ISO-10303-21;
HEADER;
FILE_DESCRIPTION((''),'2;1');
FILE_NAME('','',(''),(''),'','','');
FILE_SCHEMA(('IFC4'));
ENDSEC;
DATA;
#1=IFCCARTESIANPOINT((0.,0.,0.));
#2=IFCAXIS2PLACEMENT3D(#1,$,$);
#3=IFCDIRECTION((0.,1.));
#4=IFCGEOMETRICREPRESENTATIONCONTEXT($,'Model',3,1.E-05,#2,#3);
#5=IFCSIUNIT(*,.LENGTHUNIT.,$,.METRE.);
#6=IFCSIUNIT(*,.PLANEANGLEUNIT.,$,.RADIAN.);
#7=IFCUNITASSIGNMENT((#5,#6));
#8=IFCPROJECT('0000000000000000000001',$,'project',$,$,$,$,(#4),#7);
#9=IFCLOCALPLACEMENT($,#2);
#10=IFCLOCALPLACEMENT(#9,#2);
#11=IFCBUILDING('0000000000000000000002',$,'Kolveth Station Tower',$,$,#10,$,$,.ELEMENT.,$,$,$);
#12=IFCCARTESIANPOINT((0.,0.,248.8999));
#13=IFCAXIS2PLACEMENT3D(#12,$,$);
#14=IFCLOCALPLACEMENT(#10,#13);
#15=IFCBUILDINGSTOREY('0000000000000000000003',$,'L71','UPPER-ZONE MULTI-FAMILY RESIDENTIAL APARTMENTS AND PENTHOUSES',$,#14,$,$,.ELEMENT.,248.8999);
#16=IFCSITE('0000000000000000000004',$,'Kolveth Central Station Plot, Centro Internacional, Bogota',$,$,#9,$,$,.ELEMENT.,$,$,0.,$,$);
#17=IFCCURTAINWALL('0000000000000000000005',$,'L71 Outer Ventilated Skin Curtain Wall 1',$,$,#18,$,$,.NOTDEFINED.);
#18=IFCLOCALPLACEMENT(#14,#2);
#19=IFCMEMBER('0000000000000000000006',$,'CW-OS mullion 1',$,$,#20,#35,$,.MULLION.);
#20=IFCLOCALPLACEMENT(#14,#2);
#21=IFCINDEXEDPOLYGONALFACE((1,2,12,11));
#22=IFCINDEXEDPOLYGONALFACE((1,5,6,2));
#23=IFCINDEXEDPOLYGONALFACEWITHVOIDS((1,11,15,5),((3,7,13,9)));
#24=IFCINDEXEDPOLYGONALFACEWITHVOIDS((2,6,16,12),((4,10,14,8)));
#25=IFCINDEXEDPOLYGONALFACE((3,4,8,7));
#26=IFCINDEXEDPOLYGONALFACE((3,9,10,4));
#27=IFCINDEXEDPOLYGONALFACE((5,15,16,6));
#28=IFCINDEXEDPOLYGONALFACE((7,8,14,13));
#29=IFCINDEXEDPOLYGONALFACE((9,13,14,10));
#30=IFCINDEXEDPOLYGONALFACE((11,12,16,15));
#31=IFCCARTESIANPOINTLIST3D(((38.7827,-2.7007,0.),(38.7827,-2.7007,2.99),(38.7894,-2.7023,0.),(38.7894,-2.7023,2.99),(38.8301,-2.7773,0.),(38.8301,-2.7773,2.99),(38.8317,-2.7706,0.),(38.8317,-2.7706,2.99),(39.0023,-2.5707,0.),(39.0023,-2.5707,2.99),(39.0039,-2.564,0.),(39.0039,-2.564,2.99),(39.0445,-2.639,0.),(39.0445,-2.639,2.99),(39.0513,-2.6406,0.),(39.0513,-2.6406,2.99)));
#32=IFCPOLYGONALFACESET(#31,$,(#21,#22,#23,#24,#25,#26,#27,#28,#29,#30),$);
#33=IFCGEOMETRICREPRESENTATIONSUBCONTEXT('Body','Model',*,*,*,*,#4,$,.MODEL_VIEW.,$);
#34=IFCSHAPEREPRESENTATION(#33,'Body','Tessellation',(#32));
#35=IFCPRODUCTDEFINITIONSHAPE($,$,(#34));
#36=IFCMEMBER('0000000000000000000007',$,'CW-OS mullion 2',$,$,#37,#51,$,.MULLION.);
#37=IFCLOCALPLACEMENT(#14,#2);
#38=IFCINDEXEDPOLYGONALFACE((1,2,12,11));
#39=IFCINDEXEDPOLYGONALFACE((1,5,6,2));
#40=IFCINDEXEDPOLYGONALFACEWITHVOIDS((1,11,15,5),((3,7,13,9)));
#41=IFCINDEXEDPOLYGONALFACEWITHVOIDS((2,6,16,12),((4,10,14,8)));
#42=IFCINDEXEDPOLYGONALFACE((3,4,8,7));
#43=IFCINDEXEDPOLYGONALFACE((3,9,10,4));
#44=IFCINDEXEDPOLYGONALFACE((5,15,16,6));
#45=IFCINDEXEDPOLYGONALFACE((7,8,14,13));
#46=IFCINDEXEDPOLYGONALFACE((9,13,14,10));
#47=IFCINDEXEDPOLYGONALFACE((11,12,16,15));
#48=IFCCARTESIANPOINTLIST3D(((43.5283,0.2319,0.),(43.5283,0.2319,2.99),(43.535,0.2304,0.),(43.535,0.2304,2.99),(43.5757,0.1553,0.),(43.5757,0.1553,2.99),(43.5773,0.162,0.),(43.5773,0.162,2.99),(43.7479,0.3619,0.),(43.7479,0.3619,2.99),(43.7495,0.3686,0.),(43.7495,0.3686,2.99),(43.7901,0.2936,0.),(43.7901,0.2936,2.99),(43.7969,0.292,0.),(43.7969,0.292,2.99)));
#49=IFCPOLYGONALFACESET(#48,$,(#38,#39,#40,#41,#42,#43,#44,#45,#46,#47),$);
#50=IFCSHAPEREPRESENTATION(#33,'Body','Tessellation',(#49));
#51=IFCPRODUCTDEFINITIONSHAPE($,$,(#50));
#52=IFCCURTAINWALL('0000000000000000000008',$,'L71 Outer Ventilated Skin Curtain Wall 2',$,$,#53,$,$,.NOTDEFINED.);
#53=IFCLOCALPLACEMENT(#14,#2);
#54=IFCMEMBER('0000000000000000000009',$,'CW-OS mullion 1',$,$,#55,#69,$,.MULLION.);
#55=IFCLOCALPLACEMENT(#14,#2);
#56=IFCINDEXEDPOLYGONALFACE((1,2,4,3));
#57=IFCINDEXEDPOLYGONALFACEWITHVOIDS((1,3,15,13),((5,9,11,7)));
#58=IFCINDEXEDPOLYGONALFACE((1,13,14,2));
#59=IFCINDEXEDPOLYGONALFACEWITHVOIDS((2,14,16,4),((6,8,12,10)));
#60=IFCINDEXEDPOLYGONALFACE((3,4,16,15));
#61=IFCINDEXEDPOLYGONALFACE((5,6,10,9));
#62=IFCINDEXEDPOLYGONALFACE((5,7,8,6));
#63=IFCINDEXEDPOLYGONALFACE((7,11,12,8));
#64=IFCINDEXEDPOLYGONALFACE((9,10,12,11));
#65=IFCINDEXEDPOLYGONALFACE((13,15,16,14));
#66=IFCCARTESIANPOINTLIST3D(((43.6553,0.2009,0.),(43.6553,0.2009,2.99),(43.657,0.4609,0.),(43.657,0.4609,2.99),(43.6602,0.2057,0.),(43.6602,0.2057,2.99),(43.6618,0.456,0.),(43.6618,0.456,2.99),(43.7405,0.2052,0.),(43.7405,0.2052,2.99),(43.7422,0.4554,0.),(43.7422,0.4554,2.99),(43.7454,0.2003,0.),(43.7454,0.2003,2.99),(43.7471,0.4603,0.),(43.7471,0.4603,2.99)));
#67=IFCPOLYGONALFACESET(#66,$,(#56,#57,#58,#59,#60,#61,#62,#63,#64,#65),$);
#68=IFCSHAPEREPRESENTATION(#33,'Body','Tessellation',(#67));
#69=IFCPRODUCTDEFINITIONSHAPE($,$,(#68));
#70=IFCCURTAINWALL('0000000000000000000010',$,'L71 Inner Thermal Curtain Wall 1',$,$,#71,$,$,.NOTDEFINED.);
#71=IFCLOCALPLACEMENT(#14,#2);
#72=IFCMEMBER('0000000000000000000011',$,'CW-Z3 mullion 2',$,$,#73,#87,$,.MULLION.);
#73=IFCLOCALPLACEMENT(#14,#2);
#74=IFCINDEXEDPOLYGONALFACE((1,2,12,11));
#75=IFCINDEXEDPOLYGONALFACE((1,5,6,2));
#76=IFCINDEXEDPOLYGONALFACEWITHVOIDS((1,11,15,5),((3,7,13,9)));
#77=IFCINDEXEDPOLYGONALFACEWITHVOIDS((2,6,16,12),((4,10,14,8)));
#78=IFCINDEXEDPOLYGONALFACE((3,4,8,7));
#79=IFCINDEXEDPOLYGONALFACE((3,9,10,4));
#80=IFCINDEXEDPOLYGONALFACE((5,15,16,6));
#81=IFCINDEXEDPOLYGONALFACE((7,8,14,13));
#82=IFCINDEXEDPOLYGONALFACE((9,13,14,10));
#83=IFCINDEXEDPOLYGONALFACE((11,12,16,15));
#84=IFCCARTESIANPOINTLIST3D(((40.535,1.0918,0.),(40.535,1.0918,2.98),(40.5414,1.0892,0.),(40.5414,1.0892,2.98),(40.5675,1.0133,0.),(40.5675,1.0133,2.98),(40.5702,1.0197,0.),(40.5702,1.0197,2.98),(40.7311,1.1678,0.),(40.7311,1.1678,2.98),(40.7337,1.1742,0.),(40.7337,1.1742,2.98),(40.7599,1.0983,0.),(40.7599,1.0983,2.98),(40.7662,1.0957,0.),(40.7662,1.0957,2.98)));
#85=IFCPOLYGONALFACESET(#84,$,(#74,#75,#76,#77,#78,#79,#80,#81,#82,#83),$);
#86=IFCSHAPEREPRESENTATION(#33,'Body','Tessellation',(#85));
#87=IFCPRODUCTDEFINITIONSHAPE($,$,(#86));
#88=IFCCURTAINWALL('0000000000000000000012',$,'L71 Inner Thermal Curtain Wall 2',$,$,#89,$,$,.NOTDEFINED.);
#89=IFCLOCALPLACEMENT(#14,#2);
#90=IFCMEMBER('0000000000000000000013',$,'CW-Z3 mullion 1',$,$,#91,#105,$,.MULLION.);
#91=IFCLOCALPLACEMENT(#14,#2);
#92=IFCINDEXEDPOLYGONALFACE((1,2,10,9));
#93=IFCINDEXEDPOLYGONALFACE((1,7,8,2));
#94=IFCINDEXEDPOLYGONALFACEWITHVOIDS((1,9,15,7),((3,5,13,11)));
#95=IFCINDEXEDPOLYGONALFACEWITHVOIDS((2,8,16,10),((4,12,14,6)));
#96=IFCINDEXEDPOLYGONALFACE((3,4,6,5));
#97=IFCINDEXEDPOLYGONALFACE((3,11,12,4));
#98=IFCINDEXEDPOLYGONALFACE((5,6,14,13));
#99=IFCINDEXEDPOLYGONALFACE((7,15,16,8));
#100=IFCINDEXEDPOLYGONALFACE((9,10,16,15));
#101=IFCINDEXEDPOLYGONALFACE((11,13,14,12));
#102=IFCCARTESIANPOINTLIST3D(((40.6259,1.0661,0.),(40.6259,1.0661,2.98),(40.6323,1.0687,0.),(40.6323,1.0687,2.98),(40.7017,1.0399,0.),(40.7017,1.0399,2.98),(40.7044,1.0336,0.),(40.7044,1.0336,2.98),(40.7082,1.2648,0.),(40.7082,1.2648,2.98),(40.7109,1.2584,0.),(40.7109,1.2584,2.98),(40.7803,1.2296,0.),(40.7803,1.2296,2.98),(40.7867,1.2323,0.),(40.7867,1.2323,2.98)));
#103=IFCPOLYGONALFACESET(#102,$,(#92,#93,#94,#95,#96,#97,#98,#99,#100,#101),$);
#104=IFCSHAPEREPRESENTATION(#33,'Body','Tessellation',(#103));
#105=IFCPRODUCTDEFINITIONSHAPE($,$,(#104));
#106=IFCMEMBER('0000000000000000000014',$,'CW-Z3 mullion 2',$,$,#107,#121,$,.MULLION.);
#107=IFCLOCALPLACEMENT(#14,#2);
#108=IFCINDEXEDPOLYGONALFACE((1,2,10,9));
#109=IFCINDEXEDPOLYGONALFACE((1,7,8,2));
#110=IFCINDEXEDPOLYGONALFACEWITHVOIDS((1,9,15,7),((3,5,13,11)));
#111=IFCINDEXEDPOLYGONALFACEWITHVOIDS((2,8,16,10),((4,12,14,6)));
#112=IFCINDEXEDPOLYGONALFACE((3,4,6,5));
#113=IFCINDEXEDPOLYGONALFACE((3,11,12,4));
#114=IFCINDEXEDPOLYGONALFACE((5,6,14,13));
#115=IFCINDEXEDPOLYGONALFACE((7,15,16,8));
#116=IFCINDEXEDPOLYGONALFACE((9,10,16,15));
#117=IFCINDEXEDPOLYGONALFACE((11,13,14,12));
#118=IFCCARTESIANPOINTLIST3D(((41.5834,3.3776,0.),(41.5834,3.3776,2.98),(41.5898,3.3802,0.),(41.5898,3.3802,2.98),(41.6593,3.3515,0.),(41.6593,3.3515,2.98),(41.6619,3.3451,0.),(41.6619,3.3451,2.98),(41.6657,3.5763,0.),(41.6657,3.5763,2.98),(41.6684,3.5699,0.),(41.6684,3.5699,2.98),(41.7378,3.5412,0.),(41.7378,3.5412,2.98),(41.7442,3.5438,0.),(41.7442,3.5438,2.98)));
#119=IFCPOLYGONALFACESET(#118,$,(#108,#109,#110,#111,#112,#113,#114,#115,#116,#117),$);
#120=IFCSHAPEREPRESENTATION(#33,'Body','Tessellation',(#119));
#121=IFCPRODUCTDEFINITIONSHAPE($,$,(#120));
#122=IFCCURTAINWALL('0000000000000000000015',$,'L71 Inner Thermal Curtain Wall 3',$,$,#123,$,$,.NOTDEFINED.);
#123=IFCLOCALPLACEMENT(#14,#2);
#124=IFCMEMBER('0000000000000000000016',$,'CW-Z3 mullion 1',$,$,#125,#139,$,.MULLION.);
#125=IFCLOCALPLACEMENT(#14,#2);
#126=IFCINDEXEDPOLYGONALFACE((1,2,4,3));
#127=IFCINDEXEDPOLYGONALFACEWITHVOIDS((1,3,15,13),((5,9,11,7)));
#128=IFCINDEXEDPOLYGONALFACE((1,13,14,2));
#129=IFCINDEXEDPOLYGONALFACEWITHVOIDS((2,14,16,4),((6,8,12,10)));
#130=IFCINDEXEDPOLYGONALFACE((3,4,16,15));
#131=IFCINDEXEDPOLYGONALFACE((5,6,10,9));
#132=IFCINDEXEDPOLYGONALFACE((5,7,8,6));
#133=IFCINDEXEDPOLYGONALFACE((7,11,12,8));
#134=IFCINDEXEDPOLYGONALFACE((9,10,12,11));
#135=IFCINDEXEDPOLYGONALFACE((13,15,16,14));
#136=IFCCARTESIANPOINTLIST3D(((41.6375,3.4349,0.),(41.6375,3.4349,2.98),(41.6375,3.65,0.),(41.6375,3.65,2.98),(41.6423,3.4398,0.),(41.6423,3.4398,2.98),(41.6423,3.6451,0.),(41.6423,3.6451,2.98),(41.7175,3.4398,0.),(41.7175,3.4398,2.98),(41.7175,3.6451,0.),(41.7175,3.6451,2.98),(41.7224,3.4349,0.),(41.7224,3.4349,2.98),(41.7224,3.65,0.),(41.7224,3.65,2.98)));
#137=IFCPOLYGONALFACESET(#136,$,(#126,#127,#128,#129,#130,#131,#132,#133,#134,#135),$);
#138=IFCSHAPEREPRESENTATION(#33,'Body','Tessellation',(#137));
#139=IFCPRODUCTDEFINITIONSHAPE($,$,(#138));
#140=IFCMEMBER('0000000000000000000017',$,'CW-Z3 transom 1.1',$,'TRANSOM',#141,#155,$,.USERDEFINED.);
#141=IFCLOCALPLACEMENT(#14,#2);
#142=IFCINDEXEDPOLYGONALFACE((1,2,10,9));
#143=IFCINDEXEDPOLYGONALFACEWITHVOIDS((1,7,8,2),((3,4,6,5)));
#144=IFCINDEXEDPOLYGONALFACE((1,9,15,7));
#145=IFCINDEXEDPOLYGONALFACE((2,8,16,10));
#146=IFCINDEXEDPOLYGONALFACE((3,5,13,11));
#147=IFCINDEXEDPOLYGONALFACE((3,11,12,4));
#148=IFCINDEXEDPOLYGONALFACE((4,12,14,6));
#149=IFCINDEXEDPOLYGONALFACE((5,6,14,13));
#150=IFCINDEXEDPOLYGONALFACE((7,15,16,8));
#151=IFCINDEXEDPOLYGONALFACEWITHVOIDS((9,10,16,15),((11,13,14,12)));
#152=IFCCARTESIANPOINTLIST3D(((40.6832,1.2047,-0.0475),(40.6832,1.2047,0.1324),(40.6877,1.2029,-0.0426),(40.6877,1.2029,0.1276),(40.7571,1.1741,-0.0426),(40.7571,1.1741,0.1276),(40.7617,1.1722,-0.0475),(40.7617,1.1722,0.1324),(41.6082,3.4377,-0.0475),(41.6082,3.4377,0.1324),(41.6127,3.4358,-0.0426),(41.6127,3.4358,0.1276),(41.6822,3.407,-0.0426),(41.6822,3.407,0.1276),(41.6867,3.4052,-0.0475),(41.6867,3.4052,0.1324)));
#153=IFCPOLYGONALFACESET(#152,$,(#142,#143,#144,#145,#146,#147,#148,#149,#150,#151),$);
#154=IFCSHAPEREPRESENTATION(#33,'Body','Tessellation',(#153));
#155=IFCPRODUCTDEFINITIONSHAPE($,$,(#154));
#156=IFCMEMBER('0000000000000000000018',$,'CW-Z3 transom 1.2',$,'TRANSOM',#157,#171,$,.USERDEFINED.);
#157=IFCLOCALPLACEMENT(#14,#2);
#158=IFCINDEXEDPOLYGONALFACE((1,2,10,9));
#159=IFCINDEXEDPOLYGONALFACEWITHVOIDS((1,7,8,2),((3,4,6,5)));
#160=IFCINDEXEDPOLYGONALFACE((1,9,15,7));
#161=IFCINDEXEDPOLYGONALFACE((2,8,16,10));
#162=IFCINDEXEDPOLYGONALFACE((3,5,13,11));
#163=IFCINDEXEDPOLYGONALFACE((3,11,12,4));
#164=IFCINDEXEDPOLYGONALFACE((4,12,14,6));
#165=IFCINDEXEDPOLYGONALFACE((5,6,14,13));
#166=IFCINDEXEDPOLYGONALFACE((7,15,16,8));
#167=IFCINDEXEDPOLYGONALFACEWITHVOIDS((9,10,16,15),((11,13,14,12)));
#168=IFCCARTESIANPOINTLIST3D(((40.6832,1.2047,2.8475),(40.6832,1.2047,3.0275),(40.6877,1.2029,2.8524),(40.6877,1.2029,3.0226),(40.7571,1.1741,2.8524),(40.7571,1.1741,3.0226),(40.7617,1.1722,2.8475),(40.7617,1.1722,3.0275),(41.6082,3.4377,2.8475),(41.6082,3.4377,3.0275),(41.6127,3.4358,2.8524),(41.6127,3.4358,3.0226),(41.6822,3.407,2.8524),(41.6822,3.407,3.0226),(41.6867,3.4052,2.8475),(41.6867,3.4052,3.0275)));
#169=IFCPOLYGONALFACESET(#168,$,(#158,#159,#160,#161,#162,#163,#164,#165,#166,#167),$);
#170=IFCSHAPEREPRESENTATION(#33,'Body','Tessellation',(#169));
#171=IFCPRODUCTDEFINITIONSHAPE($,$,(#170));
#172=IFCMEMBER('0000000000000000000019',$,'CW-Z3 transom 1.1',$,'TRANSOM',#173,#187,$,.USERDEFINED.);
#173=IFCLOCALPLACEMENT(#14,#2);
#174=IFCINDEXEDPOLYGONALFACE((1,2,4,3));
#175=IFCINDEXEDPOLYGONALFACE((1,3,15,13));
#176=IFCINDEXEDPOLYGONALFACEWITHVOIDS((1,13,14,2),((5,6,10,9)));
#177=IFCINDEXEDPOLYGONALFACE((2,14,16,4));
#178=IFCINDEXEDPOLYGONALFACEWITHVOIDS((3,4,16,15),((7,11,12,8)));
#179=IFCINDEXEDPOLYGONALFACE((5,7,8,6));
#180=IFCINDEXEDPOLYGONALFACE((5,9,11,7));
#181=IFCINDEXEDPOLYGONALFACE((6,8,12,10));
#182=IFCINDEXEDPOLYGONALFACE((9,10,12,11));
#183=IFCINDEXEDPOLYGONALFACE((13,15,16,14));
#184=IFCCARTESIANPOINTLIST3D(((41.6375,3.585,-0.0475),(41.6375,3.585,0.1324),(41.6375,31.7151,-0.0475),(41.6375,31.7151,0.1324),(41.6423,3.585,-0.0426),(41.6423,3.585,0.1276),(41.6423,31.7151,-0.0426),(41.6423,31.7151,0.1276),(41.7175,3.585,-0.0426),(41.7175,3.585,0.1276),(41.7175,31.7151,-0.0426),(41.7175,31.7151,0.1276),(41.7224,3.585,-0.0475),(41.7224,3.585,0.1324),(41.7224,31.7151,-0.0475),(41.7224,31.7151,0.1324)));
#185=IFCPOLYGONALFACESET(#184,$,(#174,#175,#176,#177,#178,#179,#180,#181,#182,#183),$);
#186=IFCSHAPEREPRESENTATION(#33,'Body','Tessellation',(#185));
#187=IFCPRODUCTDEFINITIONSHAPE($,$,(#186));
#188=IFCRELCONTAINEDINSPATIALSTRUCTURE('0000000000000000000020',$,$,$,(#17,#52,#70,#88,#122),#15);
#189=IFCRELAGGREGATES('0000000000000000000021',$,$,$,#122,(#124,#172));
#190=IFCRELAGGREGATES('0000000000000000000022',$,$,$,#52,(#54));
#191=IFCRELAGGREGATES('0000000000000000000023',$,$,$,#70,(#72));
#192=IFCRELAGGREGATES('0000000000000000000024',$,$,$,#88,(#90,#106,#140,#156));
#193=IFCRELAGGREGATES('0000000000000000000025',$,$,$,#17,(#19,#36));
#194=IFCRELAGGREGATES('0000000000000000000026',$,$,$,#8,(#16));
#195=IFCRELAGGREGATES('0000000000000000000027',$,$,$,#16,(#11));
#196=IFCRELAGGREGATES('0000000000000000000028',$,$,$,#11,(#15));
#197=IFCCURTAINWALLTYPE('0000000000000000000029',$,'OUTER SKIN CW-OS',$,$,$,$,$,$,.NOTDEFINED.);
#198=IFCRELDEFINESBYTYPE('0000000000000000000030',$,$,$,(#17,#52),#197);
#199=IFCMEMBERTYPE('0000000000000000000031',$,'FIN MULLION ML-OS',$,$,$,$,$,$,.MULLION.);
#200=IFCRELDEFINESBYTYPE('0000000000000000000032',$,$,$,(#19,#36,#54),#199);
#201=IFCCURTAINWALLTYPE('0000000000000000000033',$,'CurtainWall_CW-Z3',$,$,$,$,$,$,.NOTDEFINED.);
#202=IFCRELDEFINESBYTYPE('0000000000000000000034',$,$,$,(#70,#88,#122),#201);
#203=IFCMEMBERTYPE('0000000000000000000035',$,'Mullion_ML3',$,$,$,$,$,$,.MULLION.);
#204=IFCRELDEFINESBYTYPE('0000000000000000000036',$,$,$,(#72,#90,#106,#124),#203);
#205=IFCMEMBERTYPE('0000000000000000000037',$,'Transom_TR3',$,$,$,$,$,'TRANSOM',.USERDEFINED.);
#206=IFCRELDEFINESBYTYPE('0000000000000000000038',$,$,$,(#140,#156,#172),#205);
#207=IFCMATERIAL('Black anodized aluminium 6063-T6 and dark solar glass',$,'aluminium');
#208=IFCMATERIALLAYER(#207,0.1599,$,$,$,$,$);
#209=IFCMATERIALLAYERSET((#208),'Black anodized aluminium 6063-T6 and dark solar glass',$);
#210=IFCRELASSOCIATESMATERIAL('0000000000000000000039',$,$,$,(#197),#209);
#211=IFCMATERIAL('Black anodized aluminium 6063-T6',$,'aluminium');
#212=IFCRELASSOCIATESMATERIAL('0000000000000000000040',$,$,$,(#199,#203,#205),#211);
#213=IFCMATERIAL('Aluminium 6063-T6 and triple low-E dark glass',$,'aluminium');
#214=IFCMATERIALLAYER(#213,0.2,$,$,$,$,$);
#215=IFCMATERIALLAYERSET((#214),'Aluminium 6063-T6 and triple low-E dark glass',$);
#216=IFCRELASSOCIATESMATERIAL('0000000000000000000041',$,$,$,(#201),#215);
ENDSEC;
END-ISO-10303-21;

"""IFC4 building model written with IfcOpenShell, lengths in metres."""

from ifc_helpers import new_model, si_unit, direction, frame, origin, origin_2d, place, context, subcontext, project, spatial, hollow_rectangle, extrude, source, transform, mapped, material, layer, layer_set, material_profile, profile_set, type_object, element, aggregate, save


model = new_model("IFC4")

# Units and contexts
model_context = context("Model", 3, precision=1e-05, world=origin(), true_north=direction((0.0, 1.0)))
body_context = subcontext(model_context, "Body", "Model", "MODEL_VIEW")
ifc_project = project(units=[si_unit("LENGTHUNIT", "METRE"), si_unit("PLANEANGLEUNIT", "RADIAN")], contexts=[model_context])

# Site, building, storey
site_placement = place(None, origin())
site = spatial("IfcSite", under=ifc_project, at=site_placement, Name="Kolveth Central Station Plot, Centro Internacional, Bogota", CompositionType="ELEMENT", RefElevation=0.0)
building_placement = place(site_placement, origin())
building = spatial("IfcBuilding", under=site, at=building_placement, Name="Kolveth Station Tower", CompositionType="ELEMENT")
storey_placement = place(building_placement, frame((0.0, 0.0, 248.8999)))
storey = spatial("IfcBuildingStorey", under=building, at=storey_placement, Name="L71", Description="UPPER-ZONE MULTI-FAMILY RESIDENTIAL APARTMENTS AND PENTHOUSES", CompositionType="ELEMENT", Elevation=248.8999)

# Curtain wall, members
ifc_material_1 = material(Name="Black anodized aluminium 6063-T6 and dark solar glass", Category="aluminium")
ifc_layer_1 = layer(ifc_material_1, 0.1599)
ifc_layer_set_1 = layer_set([ifc_layer_1], Name="Black anodized aluminium 6063-T6 and dark solar glass")
curtain_wall_type_1 = type_object("IfcCurtainWallType", Name="OUTER SKIN CW-OS", PredefinedType="NOTDEFINED", material=ifc_layer_set_1)
curtain_wall_1_placement = place(storey_placement, origin())
curtain_wall_1 = element("IfcCurtainWall", 1, at=curtain_wall_1_placement, inside=storey, type_object=curtain_wall_type_1, Name="L71 Outer Ventilated Skin Curtain Wall 1", PredefinedType="NOTDEFINED")
ifc_material_2 = material(Name="Black anodized aluminium 6063-T6", Category="aluminium")
ifc_material_profile_1 = material_profile(ifc_material_2, hollow_rectangle(XDim=0.0901, YDim=0.26, WallThickness=0.0049, at=origin_2d()), Name="ALU-90x260x5")
ifc_profile_set_1 = profile_set([ifc_material_profile_1], Name="Black anodized aluminium 6063-T6")
member_type_1 = type_object("IfcMemberType", Name="FIN MULLION ML-OS", PredefinedType="MULLION", material=ifc_profile_set_1)
shared_shape_1 = source(origin(), body_context, "Body", "SweptSolid", [
    extrude(hollow_rectangle(XDim=0.0901, YDim=0.26, WallThickness=0.0049, at=origin_2d()), origin(), (0.0, 0.0, 1.0), 2.99),
])
member_1_placement = place(storey_placement, frame((38.917, -2.6707, 0.0), z_axis=(0.0, 0.0, 1.0), x_axis=(-0.525685, 0.850679, 0.0)))
member_1 = element("IfcMember", 2, at=member_1_placement, type_object=member_type_1, Name="CW-OS mullion 1", PredefinedType="MULLION", context=body_context, shape_type="MappedRepresentation", body=[
    mapped(shared_shape_1, transform((0.0, 0.0, 0.0), x_axis=(1.0, 0.0, 0.0), y_axis=(0.0, 1.0, 0.0), z_axis=(0.0, 0.0, 1.0), scale=1.0)),
])
member_2_placement = place(storey_placement, frame((43.6626, 0.262, 0.0), z_axis=(0.0, 0.0, 1.0), x_axis=(-0.525685, 0.850679, 0.0)))
member_2 = element("IfcMember", 3, at=member_2_placement, type_object=member_type_1, Name="CW-OS mullion 2", PredefinedType="MULLION", context=body_context, shape_type="MappedRepresentation", body=[
    mapped(shared_shape_1, transform((0.0, 0.0, 0.0), x_axis=(1.0, 0.0, 0.0), y_axis=(0.0, 1.0, 0.0), z_axis=(0.0, 0.0, 1.0), scale=1.0)),
])

# Curtain walls, members
curtain_wall_2_placement = place(storey_placement, origin())
curtain_wall_2 = element("IfcCurtainWall", 4, at=curtain_wall_2_placement, inside=storey, type_object=curtain_wall_type_1, Name="L71 Outer Ventilated Skin Curtain Wall 2", PredefinedType="NOTDEFINED")
member_3_placement = place(storey_placement, frame((43.7012, 0.3306, 0.0), z_axis=(0.0, 0.0, 1.0), x_axis=(-0.999978, 0.006586, 0.0)))
member_3 = element("IfcMember", 5, at=member_3_placement, type_object=member_type_1, Name="CW-OS mullion 1", PredefinedType="MULLION", context=body_context, shape_type="MappedRepresentation", body=[
    mapped(shared_shape_1, transform((0.0, 0.0, 0.0), x_axis=(1.0, 0.0, 0.0), y_axis=(0.0, 1.0, 0.0), z_axis=(0.0, 0.0, 1.0), scale=1.0)),
])
ifc_material_3 = material(Name="Aluminium 6063-T6 and triple low-E dark glass", Category="aluminium")
ifc_layer_2 = layer(ifc_material_3, 0.2)
ifc_layer_set_2 = layer_set([ifc_layer_2], Name="Aluminium 6063-T6 and triple low-E dark glass")
curtain_wall_type_2 = type_object("IfcCurtainWallType", Name="CurtainWall_CW-Z3", PredefinedType="NOTDEFINED", material=ifc_layer_set_2)
curtain_wall_3_placement = place(storey_placement, origin())
curtain_wall_3 = element("IfcCurtainWall", 6, at=curtain_wall_3_placement, inside=storey, type_object=curtain_wall_type_2, Name="L71 Inner Thermal Curtain Wall 1", PredefinedType="NOTDEFINED")
ifc_material_profile_2 = material_profile(ifc_material_2, hollow_rectangle(XDim=0.085, YDim=0.2151, WallThickness=0.0049, at=origin_2d()), Name="ALU-85x215x5")
ifc_profile_set_2 = profile_set([ifc_material_profile_2], Name="Black anodized aluminium 6063-T6")
member_type_2 = type_object("IfcMemberType", Name="Mullion_ML3", PredefinedType="MULLION", material=ifc_profile_set_2)
shared_shape_2 = source(origin(), body_context, "Body", "SweptSolid", [
    extrude(hollow_rectangle(XDim=0.085, YDim=0.2151, WallThickness=0.0049, at=origin_2d()), origin(), (0.0, 0.0, 1.0), 2.98),
])
member_4_placement = place(storey_placement, frame((40.6506, 1.0938, 0.0), z_axis=(0.0, 0.0, 1.0), x_axis=(-0.382693, 0.923875, 0.0)))
member_4 = element("IfcMember", 7, at=member_4_placement, type_object=member_type_2, Name="CW-Z3 mullion 2", PredefinedType="MULLION", context=body_context, shape_type="MappedRepresentation", body=[
    mapped(shared_shape_2, transform((0.0, 0.0, 0.0), x_axis=(1.0, 0.0, 0.0), y_axis=(0.0, 1.0, 0.0), z_axis=(0.0, 0.0, 1.0), scale=1.0)),
])

# Curtain wall, members
curtain_wall_4_placement = place(storey_placement, origin())
curtain_wall_4 = element("IfcCurtainWall", 8, at=curtain_wall_4_placement, inside=storey, type_object=curtain_wall_type_2, Name="L71 Inner Thermal Curtain Wall 2", PredefinedType="NOTDEFINED")
member_5_placement = place(storey_placement, frame((40.7063, 1.1492, 0.0), z_axis=(0.0, 0.0, 1.0), x_axis=(-0.923875, 0.382693, 0.0)))
member_5 = element("IfcMember", 9, at=member_5_placement, type_object=member_type_2, Name="CW-Z3 mullion 1", PredefinedType="MULLION", context=body_context, shape_type="MappedRepresentation", body=[
    mapped(shared_shape_2, transform((0.0, 0.0, 0.0), x_axis=(1.0, 0.0, 0.0), y_axis=(0.0, 1.0, 0.0), z_axis=(0.0, 0.0, 1.0), scale=1.0)),
])
member_6_placement = place(storey_placement, frame((41.6638, 3.4607, 0.0), z_axis=(0.0, 0.0, 1.0), x_axis=(-0.923875, 0.382693, 0.0)))
member_6 = element("IfcMember", 10, at=member_6_placement, type_object=member_type_2, Name="CW-Z3 mullion 2", PredefinedType="MULLION", context=body_context, shape_type="MappedRepresentation", body=[
    mapped(shared_shape_2, transform((0.0, 0.0, 0.0), x_axis=(1.0, 0.0, 0.0), y_axis=(0.0, 1.0, 0.0), z_axis=(0.0, 0.0, 1.0), scale=1.0)),
])

# Curtain wall, member
curtain_wall_5_placement = place(storey_placement, origin())
curtain_wall_5 = element("IfcCurtainWall", 11, at=curtain_wall_5_placement, inside=storey, type_object=curtain_wall_type_2, Name="L71 Inner Thermal Curtain Wall 3", PredefinedType="NOTDEFINED")
member_7_placement = place(storey_placement, frame((41.6799, 3.5425, 0.0), z_axis=(0.0, 0.0, 1.0), x_axis=(-1.0, 0.0, 0.0)))
member_7 = element("IfcMember", 12, at=member_7_placement, type_object=member_type_2, Name="CW-Z3 mullion 1", PredefinedType="MULLION", context=body_context, shape_type="MappedRepresentation", body=[
    mapped(shared_shape_2, transform((0.0, 0.0, 0.0), x_axis=(1.0, 0.0, 0.0), y_axis=(0.0, 1.0, 0.0), z_axis=(0.0, 0.0, 1.0), scale=1.0)),
])

# Members
ifc_material_profile_3 = material_profile(ifc_material_2, hollow_rectangle(XDim=0.085, YDim=0.1799, WallThickness=0.0049, at=origin_2d()), Name="ALU-85x180x5")
ifc_profile_set_3 = profile_set([ifc_material_profile_3], Name="Black anodized aluminium 6063-T6")
member_type_3 = type_object("IfcMemberType", Name="Transom_TR3", ElementType="TRANSOM", PredefinedType="USERDEFINED", material=ifc_profile_set_3)
shared_shape_3 = source(origin(), body_context, "Body", "SweptSolid", [
    extrude(hollow_rectangle(XDim=0.085, YDim=0.1799, WallThickness=0.0049, at=origin_2d()), origin(), (0.0, 0.0, 1.0), 2.417),
])
member_8_placement = place(storey_placement, frame((40.7224, 1.1885, 0.0425), z_axis=(0.382735, 0.923858, 0.0), x_axis=(-0.923858, 0.382735, 0.0)))
member_8 = element("IfcMember", 13, at=member_8_placement, type_object=member_type_3, Name="CW-Z3 transom 1.1", ObjectType="TRANSOM", PredefinedType="USERDEFINED", context=body_context, shape_type="MappedRepresentation", body=[
    mapped(shared_shape_3, transform((0.0, 0.0, 0.0), x_axis=(1.0, 0.0, 0.0), y_axis=(0.0, 1.0, 0.0), z_axis=(0.0, 0.0, 1.0), scale=1.0)),
])
member_9_placement = place(storey_placement, frame((40.7224, 1.1885, 2.9375), z_axis=(0.382735, 0.923858, 0.0), x_axis=(-0.923858, 0.382735, 0.0)))
member_9 = element("IfcMember", 14, at=member_9_placement, type_object=member_type_3, Name="CW-Z3 transom 1.2", ObjectType="TRANSOM", PredefinedType="USERDEFINED", context=body_context, shape_type="MappedRepresentation", body=[
    mapped(shared_shape_3, transform((0.0, 0.0, 0.0), x_axis=(1.0, 0.0, 0.0), y_axis=(0.0, 1.0, 0.0), z_axis=(0.0, 0.0, 1.0), scale=1.0)),
])
shared_shape_4 = source(origin(), body_context, "Body", "SweptSolid", [
    extrude(hollow_rectangle(XDim=0.085, YDim=0.1799, WallThickness=0.0049, at=origin_2d()), origin(), (0.0, 0.0, 1.0), 28.1301),
])
member_10_placement = place(storey_placement, frame((41.6799, 3.585, 0.0425), z_axis=(0.0, 1.0, 0.0), x_axis=(-1.0, 0.0, 0.0)))
member_10 = element("IfcMember", 15, at=member_10_placement, type_object=member_type_3, Name="CW-Z3 transom 1.1", ObjectType="TRANSOM", PredefinedType="USERDEFINED", context=body_context, shape_type="MappedRepresentation", body=[
    mapped(shared_shape_4, transform((0.0, 0.0, 0.0), x_axis=(1.0, 0.0, 0.0), y_axis=(0.0, 1.0, 0.0), z_axis=(0.0, 0.0, 1.0), scale=1.0)),
])
aggregate(curtain_wall_5, [member_7, member_10])
aggregate(curtain_wall_2, [member_3])

aggregate(curtain_wall_3, [member_4])
aggregate(curtain_wall_4, [member_5, member_6, member_8, member_9])
aggregate(curtain_wall_1, [member_1, member_2])

save(model, "model.ifc")
